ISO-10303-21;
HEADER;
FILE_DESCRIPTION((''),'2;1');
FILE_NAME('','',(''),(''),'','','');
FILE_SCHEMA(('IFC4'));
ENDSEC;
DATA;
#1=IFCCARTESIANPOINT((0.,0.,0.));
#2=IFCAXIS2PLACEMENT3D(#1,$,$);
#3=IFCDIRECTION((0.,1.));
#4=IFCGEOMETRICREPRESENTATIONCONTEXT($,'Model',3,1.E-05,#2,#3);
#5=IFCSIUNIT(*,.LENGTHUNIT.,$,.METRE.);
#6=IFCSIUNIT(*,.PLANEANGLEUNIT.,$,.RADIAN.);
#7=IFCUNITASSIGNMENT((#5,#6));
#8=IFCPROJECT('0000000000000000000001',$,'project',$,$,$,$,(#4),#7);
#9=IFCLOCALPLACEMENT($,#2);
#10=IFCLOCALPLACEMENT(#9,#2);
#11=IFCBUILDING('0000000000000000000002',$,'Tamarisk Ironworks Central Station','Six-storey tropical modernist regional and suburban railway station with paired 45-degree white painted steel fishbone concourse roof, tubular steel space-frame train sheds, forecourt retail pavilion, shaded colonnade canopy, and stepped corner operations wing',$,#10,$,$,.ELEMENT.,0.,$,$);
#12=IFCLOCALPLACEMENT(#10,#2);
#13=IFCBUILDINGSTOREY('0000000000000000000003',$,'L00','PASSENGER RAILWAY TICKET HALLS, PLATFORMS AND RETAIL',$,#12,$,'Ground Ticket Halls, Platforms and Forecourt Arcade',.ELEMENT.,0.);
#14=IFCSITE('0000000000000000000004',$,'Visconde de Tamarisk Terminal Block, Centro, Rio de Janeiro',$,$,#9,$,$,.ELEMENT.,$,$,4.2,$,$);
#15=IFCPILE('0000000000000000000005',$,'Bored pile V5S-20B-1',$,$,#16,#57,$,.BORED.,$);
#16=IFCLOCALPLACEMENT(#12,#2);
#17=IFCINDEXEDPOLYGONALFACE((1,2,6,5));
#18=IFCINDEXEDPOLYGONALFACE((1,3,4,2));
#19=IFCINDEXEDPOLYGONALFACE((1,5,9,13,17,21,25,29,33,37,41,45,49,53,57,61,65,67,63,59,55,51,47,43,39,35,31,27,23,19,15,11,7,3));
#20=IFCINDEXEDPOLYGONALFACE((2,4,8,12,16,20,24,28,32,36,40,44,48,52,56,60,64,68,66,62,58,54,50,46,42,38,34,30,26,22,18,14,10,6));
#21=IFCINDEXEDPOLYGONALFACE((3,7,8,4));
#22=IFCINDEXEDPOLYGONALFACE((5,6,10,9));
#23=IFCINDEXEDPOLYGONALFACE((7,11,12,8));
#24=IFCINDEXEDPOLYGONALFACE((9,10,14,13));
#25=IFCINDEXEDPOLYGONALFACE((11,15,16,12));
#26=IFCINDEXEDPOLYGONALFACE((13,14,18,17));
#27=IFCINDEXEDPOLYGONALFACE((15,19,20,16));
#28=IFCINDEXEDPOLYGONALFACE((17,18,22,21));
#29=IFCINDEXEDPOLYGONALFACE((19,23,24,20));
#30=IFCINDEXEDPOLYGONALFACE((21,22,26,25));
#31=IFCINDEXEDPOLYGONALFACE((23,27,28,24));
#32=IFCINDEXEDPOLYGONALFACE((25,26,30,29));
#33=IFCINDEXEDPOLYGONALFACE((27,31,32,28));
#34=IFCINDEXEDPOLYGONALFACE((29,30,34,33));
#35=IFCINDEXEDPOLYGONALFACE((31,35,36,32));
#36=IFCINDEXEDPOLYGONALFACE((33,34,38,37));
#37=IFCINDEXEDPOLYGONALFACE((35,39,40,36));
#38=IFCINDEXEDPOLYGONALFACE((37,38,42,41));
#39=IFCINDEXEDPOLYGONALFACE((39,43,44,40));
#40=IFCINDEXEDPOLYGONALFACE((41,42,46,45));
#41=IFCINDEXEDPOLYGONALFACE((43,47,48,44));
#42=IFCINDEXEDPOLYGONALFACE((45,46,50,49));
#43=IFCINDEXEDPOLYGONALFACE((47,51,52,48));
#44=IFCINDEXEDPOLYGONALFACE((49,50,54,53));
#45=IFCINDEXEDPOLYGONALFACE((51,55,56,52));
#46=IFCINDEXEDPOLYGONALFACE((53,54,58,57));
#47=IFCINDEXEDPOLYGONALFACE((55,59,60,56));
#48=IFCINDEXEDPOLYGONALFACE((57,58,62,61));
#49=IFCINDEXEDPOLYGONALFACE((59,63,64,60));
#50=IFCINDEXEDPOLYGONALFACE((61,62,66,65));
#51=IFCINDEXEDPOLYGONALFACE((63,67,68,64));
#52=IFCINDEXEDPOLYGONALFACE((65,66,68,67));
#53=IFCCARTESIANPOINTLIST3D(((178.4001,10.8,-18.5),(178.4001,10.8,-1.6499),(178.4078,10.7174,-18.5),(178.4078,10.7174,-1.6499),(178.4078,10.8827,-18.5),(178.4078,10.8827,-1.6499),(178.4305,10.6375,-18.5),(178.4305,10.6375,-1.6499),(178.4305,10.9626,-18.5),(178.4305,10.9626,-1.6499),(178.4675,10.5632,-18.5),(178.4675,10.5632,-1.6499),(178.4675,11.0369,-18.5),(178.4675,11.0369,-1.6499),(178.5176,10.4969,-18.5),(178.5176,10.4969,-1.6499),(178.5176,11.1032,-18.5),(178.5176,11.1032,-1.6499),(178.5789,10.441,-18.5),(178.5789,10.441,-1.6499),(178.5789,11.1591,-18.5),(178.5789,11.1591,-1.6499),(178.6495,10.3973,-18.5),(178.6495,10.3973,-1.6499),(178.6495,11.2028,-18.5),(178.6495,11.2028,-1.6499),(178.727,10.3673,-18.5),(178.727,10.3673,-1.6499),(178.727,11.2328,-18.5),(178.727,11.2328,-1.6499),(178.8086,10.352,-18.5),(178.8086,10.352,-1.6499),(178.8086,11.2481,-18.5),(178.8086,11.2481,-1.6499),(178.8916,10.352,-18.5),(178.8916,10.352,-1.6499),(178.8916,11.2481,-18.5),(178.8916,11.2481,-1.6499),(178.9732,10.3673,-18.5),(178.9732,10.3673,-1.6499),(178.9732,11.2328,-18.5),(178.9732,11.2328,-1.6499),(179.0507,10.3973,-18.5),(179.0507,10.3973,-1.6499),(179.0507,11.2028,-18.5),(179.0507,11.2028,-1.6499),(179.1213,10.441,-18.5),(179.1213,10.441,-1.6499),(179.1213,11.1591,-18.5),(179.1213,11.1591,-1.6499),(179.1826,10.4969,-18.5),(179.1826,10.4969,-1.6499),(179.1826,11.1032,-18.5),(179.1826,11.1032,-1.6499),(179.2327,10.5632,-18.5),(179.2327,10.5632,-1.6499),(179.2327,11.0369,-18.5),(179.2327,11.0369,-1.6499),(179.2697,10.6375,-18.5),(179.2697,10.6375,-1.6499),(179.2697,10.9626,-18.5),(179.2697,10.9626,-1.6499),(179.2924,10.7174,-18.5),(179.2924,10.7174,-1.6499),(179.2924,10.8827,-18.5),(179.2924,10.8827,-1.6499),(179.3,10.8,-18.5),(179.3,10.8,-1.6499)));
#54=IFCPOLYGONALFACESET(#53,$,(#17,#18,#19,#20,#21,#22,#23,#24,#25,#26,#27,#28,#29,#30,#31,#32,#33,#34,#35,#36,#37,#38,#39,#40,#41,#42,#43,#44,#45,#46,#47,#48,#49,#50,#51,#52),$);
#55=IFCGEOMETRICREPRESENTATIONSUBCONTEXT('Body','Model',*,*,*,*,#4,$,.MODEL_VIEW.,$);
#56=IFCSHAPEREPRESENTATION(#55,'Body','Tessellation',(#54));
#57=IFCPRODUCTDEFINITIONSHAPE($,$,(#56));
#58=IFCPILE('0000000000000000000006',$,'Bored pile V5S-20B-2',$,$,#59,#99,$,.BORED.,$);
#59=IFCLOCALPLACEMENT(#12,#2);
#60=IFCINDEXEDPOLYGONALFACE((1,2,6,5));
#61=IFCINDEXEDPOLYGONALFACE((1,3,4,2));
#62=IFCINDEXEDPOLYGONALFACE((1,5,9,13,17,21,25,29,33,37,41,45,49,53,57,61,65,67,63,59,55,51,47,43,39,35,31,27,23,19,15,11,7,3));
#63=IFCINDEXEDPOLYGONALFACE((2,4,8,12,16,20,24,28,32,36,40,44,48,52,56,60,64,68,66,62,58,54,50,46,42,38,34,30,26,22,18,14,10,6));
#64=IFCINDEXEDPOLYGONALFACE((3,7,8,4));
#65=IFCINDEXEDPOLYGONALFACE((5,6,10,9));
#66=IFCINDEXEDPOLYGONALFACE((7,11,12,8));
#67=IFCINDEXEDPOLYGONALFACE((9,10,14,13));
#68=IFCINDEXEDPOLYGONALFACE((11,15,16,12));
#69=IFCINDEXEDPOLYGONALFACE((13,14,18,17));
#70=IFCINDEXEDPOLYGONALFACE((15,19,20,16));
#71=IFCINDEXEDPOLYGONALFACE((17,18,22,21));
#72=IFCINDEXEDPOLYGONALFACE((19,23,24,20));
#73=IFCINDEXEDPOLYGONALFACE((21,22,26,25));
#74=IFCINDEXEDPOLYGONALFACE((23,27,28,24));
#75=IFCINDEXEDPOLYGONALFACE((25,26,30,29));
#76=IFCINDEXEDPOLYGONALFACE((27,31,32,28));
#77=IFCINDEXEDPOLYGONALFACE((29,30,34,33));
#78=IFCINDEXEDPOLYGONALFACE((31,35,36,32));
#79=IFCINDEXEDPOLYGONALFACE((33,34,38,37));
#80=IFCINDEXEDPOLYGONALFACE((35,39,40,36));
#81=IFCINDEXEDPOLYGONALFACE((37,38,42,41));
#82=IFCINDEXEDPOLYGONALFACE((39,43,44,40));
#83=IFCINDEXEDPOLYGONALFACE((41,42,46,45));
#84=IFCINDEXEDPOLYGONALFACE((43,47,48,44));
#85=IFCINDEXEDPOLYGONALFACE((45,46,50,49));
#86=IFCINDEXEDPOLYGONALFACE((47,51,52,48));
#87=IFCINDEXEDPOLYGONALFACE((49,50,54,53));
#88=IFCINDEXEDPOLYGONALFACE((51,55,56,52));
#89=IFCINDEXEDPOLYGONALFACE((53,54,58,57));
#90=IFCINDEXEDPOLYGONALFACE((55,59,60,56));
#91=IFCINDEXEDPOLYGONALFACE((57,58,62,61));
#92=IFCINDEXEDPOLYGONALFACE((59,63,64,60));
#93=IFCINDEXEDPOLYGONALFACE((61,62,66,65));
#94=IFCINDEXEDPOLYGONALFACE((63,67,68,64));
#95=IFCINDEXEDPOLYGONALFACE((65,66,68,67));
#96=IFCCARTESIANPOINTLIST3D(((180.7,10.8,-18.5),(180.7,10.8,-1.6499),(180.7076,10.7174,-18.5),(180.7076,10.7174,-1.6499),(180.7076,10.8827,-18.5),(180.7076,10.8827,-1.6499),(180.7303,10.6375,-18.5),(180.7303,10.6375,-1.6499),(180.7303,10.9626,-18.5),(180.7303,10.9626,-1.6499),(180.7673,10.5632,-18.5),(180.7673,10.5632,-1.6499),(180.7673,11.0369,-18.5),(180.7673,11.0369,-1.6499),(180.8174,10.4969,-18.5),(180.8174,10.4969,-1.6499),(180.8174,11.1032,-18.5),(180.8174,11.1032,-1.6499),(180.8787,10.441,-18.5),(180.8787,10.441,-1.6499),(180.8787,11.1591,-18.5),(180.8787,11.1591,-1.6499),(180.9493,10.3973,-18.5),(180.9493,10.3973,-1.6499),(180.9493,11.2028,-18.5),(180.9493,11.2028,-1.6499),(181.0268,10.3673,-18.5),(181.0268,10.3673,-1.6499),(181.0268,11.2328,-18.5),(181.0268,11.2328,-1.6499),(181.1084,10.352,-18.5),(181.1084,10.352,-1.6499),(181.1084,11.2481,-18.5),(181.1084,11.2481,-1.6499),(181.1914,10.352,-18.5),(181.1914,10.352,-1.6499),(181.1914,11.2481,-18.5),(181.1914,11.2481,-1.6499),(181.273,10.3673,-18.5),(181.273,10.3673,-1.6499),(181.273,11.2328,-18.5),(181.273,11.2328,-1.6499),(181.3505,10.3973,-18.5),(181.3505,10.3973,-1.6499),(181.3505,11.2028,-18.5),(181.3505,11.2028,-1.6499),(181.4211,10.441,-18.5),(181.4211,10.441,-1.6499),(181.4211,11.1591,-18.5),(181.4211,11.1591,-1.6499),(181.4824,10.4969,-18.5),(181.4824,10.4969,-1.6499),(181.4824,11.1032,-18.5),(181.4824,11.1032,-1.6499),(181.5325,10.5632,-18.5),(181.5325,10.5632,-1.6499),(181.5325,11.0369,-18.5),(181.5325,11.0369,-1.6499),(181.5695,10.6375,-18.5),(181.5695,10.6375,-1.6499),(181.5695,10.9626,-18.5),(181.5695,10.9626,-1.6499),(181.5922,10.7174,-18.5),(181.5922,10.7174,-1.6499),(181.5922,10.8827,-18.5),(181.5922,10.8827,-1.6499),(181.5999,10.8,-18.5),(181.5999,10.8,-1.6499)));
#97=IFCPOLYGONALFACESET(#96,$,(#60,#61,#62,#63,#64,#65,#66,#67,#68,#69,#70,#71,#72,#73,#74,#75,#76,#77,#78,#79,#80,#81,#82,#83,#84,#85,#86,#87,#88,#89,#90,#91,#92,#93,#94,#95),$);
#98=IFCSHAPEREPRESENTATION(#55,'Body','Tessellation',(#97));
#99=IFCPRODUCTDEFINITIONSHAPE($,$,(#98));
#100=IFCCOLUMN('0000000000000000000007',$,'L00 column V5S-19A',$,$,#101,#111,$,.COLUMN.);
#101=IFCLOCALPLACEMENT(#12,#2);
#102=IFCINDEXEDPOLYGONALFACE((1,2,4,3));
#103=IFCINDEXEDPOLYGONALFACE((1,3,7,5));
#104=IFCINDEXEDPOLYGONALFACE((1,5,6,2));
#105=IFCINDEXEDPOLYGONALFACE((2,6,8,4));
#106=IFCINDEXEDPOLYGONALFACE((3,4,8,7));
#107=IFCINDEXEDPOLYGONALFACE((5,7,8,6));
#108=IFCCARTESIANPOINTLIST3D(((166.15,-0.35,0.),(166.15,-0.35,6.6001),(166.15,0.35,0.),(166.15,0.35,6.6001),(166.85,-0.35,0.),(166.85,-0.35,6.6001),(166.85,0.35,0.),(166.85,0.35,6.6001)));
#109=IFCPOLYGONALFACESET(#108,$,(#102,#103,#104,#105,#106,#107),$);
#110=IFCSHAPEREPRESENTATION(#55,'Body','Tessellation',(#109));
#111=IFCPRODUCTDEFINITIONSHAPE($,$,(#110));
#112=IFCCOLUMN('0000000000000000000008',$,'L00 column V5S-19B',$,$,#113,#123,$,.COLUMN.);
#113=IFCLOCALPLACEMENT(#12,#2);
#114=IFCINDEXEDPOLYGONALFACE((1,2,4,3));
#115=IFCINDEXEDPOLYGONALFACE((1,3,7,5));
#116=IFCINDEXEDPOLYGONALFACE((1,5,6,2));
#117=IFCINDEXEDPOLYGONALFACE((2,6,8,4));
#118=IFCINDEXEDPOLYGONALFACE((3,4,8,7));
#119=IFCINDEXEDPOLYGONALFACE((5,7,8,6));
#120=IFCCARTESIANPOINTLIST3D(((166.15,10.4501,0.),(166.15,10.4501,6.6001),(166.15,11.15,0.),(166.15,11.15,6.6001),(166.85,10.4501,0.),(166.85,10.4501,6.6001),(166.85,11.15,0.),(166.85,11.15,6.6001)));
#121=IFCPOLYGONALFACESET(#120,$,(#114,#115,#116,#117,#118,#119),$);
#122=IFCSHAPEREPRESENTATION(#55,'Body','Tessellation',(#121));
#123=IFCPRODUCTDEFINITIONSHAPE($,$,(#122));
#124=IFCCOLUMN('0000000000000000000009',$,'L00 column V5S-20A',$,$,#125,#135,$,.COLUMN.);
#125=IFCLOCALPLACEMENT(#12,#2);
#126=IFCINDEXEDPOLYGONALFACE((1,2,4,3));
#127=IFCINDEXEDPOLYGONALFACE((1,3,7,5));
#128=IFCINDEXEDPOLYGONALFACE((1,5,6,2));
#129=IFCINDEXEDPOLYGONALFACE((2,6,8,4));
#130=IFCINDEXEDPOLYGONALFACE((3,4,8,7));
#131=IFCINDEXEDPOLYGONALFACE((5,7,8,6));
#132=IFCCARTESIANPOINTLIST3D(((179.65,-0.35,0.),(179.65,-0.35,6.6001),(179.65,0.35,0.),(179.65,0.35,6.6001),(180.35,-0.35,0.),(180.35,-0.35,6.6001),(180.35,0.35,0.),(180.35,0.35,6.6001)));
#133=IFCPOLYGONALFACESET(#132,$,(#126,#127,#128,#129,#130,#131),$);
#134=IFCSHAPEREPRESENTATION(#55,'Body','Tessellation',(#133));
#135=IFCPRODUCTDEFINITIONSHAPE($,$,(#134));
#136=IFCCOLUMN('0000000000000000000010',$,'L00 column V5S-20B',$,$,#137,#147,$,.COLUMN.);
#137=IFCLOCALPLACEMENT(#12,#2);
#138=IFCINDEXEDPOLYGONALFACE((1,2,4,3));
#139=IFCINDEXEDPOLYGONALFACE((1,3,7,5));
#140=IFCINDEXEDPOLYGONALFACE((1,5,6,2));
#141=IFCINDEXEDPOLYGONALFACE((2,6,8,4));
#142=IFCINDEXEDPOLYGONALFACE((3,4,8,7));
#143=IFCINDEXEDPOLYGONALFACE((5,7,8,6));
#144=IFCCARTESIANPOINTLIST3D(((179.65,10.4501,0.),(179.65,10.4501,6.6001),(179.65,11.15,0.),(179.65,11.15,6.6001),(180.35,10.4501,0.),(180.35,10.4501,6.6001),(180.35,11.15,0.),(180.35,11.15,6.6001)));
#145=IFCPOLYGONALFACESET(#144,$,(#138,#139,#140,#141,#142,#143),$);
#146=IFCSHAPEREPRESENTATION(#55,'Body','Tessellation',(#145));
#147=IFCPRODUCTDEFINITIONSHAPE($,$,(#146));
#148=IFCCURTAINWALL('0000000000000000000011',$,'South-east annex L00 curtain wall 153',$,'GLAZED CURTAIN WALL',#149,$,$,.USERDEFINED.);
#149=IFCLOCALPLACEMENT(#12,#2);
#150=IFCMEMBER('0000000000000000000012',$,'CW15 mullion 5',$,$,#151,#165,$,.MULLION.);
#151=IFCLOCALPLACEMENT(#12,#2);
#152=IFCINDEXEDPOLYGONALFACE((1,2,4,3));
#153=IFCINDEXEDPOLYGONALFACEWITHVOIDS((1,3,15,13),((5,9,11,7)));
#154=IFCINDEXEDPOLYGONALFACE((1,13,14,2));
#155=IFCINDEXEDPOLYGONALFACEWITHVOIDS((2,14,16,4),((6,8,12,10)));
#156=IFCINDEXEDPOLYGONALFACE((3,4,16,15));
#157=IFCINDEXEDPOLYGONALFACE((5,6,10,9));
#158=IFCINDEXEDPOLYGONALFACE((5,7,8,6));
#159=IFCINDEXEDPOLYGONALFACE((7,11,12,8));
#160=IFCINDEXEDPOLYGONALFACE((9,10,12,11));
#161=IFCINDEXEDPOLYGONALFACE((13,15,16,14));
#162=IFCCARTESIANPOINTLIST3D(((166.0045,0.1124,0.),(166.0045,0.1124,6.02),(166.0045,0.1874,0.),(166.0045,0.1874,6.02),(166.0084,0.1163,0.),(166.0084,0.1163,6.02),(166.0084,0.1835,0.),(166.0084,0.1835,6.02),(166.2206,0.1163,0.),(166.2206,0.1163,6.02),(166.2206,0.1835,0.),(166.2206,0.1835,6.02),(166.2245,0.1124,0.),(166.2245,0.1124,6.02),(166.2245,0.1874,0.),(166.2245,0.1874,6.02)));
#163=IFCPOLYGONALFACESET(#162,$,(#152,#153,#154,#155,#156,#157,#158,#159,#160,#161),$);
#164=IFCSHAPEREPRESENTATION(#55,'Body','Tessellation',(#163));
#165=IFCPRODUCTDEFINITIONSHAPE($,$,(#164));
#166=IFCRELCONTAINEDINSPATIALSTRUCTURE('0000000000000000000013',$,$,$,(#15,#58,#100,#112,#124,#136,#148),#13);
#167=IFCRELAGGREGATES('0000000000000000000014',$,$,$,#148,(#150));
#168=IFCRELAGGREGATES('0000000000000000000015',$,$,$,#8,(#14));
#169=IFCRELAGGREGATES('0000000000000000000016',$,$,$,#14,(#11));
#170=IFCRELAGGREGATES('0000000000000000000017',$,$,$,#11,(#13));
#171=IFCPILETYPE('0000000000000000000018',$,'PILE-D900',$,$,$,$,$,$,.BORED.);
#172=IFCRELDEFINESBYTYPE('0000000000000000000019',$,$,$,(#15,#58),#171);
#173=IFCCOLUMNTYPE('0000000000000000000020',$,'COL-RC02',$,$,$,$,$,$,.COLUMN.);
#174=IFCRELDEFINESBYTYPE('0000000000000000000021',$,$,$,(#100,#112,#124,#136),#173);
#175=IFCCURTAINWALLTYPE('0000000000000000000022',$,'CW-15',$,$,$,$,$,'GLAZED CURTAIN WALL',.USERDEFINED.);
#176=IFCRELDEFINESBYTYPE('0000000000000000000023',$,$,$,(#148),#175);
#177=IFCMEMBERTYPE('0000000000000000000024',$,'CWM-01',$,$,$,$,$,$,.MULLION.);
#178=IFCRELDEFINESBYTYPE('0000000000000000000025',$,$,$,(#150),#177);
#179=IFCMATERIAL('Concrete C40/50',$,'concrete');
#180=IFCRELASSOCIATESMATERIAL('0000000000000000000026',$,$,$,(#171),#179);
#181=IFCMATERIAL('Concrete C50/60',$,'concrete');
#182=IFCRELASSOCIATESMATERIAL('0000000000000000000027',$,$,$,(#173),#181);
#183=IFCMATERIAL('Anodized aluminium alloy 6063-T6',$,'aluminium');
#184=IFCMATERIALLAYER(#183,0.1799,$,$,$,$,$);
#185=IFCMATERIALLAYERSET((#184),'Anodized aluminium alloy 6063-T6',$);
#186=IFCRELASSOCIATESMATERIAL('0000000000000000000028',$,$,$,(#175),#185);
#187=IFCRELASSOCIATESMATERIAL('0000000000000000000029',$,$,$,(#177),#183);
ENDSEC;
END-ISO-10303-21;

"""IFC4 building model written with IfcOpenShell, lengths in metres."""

from ifc_helpers import new_model, si_unit, direction, frame, origin, origin_2d, place, context, subcontext, project, spatial, rectangle, hollow_rectangle, circle, extrude, material, layer, layer_set, material_profile, profile_set, type_object, element, aggregate, save


model = new_model("IFC4")

# Units and contexts
model_context = context("Model", 3, precision=1e-05, world=origin(), true_north=direction((0.0, 1.0)))
body_context = subcontext(model_context, "Body", "Model", "MODEL_VIEW")
ifc_project = project(units=[si_unit("LENGTHUNIT", "METRE"), si_unit("PLANEANGLEUNIT", "RADIAN")], contexts=[model_context])

# Site, building, storey
site_placement = place(None, origin())
site = spatial("IfcSite", under=ifc_project, at=site_placement, Name="Visconde de Tamarisk Terminal Block, Centro, Rio de Janeiro", CompositionType="ELEMENT", RefElevation=4.2)
building_placement = place(site_placement, origin())
building = spatial("IfcBuilding", under=site, at=building_placement, Name="Tamarisk Ironworks Central Station", Description="Six-storey tropical modernist regional and suburban railway station with paired 45-degree white painted steel fishbone concourse roof, tubular steel space-frame train sheds, forecourt retail pavilion, shaded colonnade canopy, and stepped corner operations wing", CompositionType="ELEMENT", ElevationOfRefHeight=0.0)
storey_placement = place(building_placement, origin())
storey = spatial("IfcBuildingStorey", under=building, at=storey_placement, Name="L00", Description="PASSENGER RAILWAY TICKET HALLS, PLATFORMS AND RETAIL", LongName="Ground Ticket Halls, Platforms and Forecourt Arcade", CompositionType="ELEMENT", Elevation=0.0)

# Shared definitions
ifc_material_1 = material(Name="Concrete C40/50", Category="concrete")

# Piles
ifc_material_profile_1 = material_profile(ifc_material_1, circle(Radius=0.45, at=origin_2d()), Name="BORED PILE D900")
ifc_profile_set_1 = profile_set([ifc_material_profile_1], Name="Concrete C40/50")
pile_type_1 = type_object("IfcPileType", Name="PILE-D900", PredefinedType="BORED", material=ifc_profile_set_1)
for number, where, z_axis, x_axis, name in (
    (1, (178.8501, 10.8, -1.6499), (0.0, 0.0, -1.0), (1.0, 0.0, 0.0), "Bored pile V5S-20B-1"),
    (2, (181.1499, 10.8, -1.6499), (0.0, 0.0, -1.0), (1.0, 0.0, 0.0), "Bored pile V5S-20B-2"),
):
    element("IfcPile", number, at=place(storey_placement, frame(where, z_axis=z_axis, x_axis=x_axis)), inside=storey, type_object=pile_type_1, Name=name, PredefinedType="BORED", context=body_context, shape_type="SweptSolid", body=[
        extrude(circle(Radius=0.45, at=origin_2d()), origin(), (0.0, 0.0, 1.0), 16.8501),
    ])

# Columns
ifc_material_2 = material(Name="Concrete C50/60", Category="concrete")
ifc_material_profile_2 = material_profile(ifc_material_2, rectangle(XDim=0.7, YDim=0.7, at=origin_2d()), Name="RC 700x700")
ifc_profile_set_2 = profile_set([ifc_material_profile_2], Name="Concrete C50/60")
column_type = type_object("IfcColumnType", Name="COL-RC02", PredefinedType="COLUMN", material=ifc_profile_set_2)
for number, where, z_axis, x_axis, name in (
    (3, (166.5, 0.0, 0.0), (0.0, 0.0, 1.0), (1.0, 0.0, 0.0), "L00 column V5S-19A"),
    (4, (166.5, 10.8, 0.0), (0.0, 0.0, 1.0), (1.0, 0.0, 0.0), "L00 column V5S-19B"),
    (5, (180.0, 0.0, 0.0), (0.0, 0.0, 1.0), (1.0, 0.0, 0.0), "L00 column V5S-20A"),
    (6, (180.0, 10.8, 0.0), (0.0, 0.0, 1.0), (1.0, 0.0, 0.0), "L00 column V5S-20B"),
):
    element("IfcColumn", number, at=place(storey_placement, frame(where, z_axis=z_axis, x_axis=x_axis)), inside=storey, type_object=column_type, Name=name, PredefinedType="COLUMN", context=body_context, shape_type="SweptSolid", body=[
        extrude(rectangle(XDim=0.7, YDim=0.7, at=origin_2d()), origin(), (0.0, 0.0, 1.0), 6.6001),
    ])

# Curtain wall, member
ifc_material_3 = material(Name="Anodized aluminium alloy 6063-T6", Category="aluminium")
ifc_layer_1 = layer(ifc_material_3, 0.1799)
ifc_layer_set_1 = layer_set([ifc_layer_1], Name="Anodized aluminium alloy 6063-T6")
curtain_wall_type = type_object("IfcCurtainWallType", Name="CW-15", ElementType="GLAZED CURTAIN WALL", PredefinedType="USERDEFINED", material=ifc_layer_set_1)
curtain_wall_placement = place(storey_placement, origin())
curtain_wall = element("IfcCurtainWall", 7, at=curtain_wall_placement, inside=storey, type_object=curtain_wall_type, Name="South-east annex L00 curtain wall 153", ObjectType="GLAZED CURTAIN WALL", PredefinedType="USERDEFINED")
ifc_material_profile_3 = material_profile(ifc_material_3, hollow_rectangle(XDim=0.075, YDim=0.22, WallThickness=0.0039, at=origin_2d()), Name="ALUM 220x75")
ifc_profile_set_3 = profile_set([ifc_material_profile_3], Name="Anodized aluminium alloy 6063-T6")
member_type = type_object("IfcMemberType", Name="CWM-01", PredefinedType="MULLION", material=ifc_profile_set_3)
member_placement = place(storey_placement, frame((166.1145, 0.1499, 0.0), z_axis=(0.0, 0.0, 1.0), x_axis=(0.0, 1.0, 0.0)))
member = element("IfcMember", 8, at=member_placement, type_object=member_type, Name="CW15 mullion 5", PredefinedType="MULLION", context=body_context, shape_type="SweptSolid", body=[
    extrude(hollow_rectangle(XDim=0.075, YDim=0.22, WallThickness=0.0039, at=origin_2d()), origin(), (0.0, 0.0, 1.0), 6.02),
])
aggregate(curtain_wall, [member])

save(model, "model.ifc")
